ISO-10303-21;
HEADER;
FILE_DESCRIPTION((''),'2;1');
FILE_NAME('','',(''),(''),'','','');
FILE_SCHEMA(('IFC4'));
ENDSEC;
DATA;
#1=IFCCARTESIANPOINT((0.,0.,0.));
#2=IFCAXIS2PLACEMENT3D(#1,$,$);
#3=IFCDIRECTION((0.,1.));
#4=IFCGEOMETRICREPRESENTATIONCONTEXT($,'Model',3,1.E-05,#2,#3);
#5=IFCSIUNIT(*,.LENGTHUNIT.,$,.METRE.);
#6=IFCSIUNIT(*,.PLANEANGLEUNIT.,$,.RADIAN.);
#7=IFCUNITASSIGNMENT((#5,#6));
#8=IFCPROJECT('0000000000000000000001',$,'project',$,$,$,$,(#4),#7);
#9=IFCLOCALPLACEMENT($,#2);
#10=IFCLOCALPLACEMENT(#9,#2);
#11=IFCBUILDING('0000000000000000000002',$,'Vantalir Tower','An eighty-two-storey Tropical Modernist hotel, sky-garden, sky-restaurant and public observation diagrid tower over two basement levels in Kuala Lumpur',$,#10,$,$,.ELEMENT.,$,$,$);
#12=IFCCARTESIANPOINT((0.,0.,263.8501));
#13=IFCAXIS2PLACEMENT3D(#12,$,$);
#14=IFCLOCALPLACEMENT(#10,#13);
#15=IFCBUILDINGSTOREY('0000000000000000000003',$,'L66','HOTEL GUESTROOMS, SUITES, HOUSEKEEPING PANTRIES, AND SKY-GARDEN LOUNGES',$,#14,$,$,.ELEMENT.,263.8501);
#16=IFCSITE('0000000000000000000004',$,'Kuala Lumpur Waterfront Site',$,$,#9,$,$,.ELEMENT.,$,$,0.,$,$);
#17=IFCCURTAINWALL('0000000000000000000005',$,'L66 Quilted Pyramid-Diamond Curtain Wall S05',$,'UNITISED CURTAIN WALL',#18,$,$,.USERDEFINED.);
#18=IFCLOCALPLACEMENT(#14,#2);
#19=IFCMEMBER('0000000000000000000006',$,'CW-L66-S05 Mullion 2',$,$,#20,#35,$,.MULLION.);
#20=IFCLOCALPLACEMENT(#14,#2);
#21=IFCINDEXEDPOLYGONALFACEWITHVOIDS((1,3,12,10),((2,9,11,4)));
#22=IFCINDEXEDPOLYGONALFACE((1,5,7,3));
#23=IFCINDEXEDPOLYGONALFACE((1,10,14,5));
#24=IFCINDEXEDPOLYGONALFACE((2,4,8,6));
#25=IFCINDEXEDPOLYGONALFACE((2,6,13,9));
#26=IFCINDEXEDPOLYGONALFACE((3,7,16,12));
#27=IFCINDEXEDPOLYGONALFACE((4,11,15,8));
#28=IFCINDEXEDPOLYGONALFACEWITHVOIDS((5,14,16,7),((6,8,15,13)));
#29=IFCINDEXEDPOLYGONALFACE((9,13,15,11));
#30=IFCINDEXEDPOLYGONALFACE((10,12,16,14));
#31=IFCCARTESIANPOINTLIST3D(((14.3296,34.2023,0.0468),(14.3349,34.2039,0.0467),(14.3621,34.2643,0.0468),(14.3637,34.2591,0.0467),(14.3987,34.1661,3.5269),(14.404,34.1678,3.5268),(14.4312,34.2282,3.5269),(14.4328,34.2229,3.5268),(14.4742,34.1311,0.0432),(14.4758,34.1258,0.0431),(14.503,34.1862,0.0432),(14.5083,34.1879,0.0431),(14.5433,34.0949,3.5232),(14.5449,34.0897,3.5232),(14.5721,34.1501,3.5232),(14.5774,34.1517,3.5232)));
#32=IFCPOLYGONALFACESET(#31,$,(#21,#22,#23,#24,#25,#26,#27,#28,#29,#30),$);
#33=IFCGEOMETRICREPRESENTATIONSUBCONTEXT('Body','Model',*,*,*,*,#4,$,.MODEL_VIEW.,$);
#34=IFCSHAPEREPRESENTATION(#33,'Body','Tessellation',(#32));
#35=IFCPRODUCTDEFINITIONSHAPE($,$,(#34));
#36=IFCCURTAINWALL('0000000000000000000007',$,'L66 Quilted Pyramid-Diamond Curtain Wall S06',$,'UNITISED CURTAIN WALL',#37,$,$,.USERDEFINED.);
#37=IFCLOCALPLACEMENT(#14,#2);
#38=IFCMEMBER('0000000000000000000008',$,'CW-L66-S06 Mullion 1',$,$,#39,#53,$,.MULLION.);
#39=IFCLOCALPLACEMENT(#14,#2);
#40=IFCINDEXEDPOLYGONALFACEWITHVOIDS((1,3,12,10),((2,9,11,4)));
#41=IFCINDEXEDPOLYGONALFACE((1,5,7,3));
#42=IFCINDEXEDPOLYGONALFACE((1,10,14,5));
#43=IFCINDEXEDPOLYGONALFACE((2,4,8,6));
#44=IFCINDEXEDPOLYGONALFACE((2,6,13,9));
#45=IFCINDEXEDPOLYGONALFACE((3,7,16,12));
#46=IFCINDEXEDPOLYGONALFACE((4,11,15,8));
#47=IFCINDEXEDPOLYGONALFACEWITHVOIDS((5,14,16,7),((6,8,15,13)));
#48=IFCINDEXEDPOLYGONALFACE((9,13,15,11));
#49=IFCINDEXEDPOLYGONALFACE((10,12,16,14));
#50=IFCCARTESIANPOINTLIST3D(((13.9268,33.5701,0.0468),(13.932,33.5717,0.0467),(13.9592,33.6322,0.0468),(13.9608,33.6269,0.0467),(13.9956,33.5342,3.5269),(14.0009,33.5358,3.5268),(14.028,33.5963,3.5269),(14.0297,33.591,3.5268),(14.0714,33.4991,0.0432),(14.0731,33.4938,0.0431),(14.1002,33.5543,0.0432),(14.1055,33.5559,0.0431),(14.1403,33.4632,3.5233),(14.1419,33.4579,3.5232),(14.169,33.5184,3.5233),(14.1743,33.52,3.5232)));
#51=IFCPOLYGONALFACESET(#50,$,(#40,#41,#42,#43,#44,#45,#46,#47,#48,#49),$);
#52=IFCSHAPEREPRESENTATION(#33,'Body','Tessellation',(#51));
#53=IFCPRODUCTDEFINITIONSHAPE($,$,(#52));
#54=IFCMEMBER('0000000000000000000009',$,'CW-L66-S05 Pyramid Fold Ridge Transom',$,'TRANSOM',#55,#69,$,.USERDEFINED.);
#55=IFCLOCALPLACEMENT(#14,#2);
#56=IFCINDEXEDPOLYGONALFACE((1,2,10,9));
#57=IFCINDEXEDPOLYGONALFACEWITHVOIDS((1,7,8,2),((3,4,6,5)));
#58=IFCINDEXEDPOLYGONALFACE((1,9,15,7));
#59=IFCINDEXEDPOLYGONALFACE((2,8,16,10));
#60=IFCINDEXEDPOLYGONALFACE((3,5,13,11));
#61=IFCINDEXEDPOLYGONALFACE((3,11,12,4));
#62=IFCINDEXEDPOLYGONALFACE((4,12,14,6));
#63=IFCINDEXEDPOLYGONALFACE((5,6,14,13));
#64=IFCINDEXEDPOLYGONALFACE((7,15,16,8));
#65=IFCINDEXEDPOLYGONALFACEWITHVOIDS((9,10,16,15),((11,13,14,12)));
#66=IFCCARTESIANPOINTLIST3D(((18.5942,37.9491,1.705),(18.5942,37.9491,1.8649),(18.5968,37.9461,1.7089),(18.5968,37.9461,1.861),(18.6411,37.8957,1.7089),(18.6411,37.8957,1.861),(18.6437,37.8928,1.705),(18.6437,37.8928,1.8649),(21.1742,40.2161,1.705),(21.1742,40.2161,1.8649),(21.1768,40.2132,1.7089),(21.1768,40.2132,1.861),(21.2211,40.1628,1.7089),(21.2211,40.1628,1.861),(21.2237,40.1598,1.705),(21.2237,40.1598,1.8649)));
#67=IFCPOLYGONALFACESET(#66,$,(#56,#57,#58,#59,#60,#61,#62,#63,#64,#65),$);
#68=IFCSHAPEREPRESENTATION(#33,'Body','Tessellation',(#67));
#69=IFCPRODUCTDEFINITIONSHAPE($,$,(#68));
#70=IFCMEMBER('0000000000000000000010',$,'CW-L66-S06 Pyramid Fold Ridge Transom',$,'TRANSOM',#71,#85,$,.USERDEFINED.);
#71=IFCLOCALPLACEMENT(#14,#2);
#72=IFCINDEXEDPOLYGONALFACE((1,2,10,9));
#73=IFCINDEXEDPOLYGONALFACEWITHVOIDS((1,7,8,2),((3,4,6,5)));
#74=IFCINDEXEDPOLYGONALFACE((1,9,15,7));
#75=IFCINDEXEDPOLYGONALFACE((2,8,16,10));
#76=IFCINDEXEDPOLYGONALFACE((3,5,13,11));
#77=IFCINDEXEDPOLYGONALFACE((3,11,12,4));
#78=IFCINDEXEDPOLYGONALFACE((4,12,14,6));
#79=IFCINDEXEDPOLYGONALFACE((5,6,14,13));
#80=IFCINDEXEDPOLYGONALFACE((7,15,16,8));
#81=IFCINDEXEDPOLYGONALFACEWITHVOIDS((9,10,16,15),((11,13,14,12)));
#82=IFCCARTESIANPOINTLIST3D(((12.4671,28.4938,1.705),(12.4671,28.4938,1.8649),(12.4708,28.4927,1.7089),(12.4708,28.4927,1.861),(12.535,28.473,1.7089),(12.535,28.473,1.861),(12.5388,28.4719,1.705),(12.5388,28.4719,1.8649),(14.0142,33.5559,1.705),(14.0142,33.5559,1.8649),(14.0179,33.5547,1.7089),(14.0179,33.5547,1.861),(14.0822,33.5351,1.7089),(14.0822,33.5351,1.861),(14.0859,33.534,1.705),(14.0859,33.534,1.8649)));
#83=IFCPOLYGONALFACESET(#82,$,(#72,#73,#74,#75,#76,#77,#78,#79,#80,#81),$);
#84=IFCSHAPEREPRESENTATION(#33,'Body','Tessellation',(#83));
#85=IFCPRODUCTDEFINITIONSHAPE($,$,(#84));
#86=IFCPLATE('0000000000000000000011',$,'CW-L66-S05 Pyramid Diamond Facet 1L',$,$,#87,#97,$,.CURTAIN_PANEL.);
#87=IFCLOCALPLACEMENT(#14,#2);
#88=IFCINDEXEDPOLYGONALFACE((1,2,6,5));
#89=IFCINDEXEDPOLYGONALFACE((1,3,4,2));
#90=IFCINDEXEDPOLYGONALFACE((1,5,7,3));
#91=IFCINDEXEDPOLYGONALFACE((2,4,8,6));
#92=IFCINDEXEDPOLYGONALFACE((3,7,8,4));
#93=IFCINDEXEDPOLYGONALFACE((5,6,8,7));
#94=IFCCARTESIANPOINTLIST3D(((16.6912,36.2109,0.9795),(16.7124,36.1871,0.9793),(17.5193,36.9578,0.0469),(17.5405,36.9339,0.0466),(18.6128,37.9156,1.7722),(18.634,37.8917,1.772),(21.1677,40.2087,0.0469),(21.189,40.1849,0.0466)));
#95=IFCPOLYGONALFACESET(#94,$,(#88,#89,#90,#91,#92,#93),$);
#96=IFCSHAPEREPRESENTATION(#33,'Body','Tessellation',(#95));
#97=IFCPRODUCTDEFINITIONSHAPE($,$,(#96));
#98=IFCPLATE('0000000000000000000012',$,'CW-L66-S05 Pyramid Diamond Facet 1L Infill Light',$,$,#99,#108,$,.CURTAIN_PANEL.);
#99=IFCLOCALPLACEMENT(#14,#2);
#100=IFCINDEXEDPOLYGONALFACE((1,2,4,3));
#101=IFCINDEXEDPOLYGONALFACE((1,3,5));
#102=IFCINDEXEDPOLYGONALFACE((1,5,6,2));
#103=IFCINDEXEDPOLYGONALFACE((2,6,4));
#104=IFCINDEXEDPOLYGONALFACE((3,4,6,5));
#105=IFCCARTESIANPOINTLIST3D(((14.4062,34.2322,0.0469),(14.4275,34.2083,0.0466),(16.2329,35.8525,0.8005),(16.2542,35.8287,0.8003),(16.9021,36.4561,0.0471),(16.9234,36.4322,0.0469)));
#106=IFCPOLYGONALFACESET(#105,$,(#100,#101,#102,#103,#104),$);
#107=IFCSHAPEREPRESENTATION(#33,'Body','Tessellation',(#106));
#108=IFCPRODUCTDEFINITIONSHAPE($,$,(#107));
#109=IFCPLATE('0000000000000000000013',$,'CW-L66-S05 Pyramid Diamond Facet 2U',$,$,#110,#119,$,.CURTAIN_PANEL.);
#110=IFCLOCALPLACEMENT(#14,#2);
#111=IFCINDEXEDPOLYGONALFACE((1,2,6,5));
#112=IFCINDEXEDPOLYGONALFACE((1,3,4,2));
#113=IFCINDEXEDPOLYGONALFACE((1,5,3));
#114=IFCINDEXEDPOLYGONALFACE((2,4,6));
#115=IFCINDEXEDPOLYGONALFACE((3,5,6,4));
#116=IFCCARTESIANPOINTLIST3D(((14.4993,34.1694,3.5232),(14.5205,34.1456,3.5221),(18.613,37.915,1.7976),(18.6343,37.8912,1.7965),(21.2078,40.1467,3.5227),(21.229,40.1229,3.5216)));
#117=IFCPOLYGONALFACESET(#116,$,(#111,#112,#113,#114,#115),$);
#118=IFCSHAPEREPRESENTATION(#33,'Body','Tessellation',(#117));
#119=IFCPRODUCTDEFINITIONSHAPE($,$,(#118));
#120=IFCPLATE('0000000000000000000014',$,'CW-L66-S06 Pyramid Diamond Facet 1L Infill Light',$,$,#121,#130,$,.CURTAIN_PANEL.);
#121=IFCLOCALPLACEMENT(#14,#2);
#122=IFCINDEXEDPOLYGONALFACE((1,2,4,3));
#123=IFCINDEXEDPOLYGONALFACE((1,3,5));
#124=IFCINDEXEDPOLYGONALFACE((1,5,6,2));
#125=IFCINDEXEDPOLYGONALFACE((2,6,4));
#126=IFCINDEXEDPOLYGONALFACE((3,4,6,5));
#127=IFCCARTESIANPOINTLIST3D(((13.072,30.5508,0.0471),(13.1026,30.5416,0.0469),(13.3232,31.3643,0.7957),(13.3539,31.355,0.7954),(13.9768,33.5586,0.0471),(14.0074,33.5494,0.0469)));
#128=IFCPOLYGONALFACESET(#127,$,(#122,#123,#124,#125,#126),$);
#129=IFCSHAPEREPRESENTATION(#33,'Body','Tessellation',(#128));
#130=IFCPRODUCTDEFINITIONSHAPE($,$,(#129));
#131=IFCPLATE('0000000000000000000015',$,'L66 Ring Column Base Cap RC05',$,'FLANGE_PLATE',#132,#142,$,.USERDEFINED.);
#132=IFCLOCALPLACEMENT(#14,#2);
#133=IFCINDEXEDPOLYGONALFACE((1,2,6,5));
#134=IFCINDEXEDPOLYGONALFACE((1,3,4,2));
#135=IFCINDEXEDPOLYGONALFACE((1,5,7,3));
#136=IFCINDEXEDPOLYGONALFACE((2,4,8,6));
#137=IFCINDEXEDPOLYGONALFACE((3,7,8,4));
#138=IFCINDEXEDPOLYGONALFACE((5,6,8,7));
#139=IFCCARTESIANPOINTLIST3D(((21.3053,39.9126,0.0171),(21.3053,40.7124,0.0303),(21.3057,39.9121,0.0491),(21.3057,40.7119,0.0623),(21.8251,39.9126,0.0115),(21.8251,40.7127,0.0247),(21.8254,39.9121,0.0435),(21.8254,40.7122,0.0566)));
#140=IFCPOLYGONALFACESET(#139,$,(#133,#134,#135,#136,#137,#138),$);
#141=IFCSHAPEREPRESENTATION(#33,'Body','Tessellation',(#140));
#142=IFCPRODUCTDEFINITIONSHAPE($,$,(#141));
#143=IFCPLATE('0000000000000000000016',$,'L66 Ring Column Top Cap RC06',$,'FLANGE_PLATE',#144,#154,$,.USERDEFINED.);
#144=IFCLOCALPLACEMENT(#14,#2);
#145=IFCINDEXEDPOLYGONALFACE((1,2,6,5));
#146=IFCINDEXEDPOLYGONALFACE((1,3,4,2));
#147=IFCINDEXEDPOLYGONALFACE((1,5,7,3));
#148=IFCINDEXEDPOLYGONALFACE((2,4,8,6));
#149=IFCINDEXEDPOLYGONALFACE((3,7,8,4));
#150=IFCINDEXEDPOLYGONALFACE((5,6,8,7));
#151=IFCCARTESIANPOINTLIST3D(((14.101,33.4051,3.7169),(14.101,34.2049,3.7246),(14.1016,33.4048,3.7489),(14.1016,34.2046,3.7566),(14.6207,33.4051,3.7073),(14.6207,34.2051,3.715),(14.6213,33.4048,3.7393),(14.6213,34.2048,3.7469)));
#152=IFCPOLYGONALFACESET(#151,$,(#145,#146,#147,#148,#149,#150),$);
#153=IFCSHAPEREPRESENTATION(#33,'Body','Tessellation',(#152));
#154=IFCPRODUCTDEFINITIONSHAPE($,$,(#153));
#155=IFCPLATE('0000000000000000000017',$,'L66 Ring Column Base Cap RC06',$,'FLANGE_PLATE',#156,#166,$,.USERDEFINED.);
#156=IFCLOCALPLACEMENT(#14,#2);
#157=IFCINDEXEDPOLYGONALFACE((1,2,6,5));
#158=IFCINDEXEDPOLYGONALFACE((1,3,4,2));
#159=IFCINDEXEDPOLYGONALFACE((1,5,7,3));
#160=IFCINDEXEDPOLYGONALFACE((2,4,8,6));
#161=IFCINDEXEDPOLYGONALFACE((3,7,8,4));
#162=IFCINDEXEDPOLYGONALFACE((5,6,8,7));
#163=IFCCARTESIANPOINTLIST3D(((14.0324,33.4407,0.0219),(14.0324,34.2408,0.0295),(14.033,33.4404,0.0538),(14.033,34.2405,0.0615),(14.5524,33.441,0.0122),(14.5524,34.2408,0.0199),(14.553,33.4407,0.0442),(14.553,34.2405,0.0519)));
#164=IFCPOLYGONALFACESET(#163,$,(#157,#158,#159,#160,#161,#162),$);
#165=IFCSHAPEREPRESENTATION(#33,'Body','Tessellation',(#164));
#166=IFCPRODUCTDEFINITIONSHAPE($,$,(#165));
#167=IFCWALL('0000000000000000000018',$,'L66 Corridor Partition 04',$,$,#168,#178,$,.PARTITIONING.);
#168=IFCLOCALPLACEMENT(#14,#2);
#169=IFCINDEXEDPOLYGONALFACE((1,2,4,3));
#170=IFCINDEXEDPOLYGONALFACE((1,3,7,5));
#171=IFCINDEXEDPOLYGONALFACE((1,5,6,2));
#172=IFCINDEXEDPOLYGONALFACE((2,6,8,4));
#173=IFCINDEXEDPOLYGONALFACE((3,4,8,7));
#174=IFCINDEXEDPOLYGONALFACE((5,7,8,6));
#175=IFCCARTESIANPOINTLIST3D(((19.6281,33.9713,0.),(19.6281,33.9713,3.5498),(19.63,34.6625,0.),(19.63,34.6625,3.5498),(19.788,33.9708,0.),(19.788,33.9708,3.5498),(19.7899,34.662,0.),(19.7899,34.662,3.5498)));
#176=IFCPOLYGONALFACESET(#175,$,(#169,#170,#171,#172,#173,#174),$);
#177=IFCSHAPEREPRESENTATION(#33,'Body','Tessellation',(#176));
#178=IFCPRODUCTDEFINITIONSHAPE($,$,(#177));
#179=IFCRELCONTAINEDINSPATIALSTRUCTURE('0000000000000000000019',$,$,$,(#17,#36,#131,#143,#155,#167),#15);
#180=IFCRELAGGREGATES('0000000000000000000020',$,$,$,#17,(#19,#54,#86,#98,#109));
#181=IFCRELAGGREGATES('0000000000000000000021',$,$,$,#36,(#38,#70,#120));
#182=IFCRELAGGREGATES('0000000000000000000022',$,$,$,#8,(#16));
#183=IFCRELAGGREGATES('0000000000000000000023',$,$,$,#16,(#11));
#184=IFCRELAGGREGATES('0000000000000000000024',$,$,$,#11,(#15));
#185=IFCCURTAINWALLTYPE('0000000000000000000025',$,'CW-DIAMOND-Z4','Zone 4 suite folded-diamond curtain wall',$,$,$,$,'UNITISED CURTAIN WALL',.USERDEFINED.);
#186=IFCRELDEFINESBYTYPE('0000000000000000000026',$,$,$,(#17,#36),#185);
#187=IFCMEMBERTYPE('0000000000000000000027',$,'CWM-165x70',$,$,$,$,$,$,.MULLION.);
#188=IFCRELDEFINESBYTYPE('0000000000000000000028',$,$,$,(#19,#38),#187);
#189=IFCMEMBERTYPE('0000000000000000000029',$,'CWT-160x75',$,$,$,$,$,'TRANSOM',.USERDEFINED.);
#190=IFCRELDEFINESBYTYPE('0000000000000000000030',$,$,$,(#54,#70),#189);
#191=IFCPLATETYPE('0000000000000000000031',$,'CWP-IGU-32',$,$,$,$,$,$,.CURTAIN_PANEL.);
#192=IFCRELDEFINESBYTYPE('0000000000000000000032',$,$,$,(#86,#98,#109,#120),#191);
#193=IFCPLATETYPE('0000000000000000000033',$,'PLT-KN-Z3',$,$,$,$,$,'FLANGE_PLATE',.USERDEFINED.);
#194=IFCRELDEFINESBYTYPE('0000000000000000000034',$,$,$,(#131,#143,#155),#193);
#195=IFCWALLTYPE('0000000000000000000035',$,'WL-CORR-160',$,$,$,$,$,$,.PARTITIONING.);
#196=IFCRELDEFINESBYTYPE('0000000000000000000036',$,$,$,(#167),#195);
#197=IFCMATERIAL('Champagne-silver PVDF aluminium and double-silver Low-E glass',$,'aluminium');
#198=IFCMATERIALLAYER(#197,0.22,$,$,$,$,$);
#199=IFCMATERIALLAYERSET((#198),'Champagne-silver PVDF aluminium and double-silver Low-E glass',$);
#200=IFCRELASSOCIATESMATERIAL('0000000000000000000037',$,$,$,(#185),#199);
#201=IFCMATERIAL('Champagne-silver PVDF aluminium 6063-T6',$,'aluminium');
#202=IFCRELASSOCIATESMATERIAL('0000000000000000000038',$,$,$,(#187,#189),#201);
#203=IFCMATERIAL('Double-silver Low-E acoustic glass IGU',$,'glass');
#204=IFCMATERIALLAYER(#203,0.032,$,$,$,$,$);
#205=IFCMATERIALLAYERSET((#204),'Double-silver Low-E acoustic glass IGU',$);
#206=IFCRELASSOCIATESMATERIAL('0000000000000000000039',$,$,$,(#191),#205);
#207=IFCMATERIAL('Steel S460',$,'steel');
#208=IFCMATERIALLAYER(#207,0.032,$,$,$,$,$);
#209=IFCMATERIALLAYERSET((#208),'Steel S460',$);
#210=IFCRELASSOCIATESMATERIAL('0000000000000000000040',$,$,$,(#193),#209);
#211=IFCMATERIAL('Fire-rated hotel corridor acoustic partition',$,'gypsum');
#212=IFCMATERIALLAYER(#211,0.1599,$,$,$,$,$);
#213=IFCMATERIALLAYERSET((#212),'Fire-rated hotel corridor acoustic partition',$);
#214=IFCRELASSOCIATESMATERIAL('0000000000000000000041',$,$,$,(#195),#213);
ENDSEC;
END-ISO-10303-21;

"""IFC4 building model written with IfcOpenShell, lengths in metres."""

from ifc_helpers import new_model, si_unit, direction, frame, frame_2d, origin, origin_2d, place, context, subcontext, project, spatial, polyline, rectangle, hollow_rectangle, outline, extrude, material, layer, layer_set, material_profile, profile_set, type_object, element, aggregate, save


model = new_model("IFC4")

# Units and contexts
model_context = context("Model", 3, precision=1e-05, world=origin(), true_north=direction((0.0, 1.0)))
body_context = subcontext(model_context, "Body", "Model", "MODEL_VIEW")
ifc_project = project(units=[si_unit("LENGTHUNIT", "METRE"), si_unit("PLANEANGLEUNIT", "RADIAN")], contexts=[model_context])

# Site, building, storey
site_placement = place(None, origin())
site = spatial("IfcSite", under=ifc_project, at=site_placement, Name="Kuala Lumpur Waterfront Site", CompositionType="ELEMENT", RefElevation=0.0)
building_placement = place(site_placement, origin())
building = spatial("IfcBuilding", under=site, at=building_placement, Name="Vantalir Tower", Description="An eighty-two-storey Tropical Modernist hotel, sky-garden, sky-restaurant and public observation diagrid tower over two basement levels in Kuala Lumpur", CompositionType="ELEMENT")
storey_placement = place(building_placement, frame((0.0, 0.0, 263.8501)))
storey = spatial("IfcBuildingStorey", under=building, at=storey_placement, Name="L66", Description="HOTEL GUESTROOMS, SUITES, HOUSEKEEPING PANTRIES, AND SKY-GARDEN LOUNGES", CompositionType="ELEMENT", Elevation=263.8501)

# Shared definitions
ifc_material_1 = material(Name="Steel S460", Category="steel")

# Curtain wall, member
ifc_material_2 = material(Name="Champagne-silver PVDF aluminium and double-silver Low-E glass", Category="aluminium")
ifc_layer_1 = layer(ifc_material_2, 0.22)
ifc_layer_set_1 = layer_set([ifc_layer_1], Name="Champagne-silver PVDF aluminium and double-silver Low-E glass")
curtain_wall_type = type_object("IfcCurtainWallType", Name="CW-DIAMOND-Z4", Description="Zone 4 suite folded-diamond curtain wall", ElementType="UNITISED CURTAIN WALL", PredefinedType="USERDEFINED", material=ifc_layer_set_1)
curtain_wall_1_placement = place(storey_placement, origin())
curtain_wall_1 = element("IfcCurtainWall", 1, at=curtain_wall_1_placement, inside=storey, type_object=curtain_wall_type, Name="L66 Quilted Pyramid-Diamond Curtain Wall S05", ObjectType="UNITISED CURTAIN WALL", PredefinedType="USERDEFINED")
ifc_material_3 = material(Name="Champagne-silver PVDF aluminium 6063-T6", Category="aluminium")
ifc_material_profile_1 = material_profile(ifc_material_3, hollow_rectangle(XDim=0.0701, YDim=0.165, WallThickness=0.0039, at=origin_2d()), Name="Champagne-silver PVDF aluminium 6063-T6")
ifc_profile_set_1 = profile_set([ifc_material_profile_1], Name="Champagne-silver PVDF aluminium 6063-T6")
member_type_1 = type_object("IfcMemberType", Name="CWM-165x70", PredefinedType="MULLION", material=ifc_profile_set_1)
member_1_placement = place(storey_placement, frame((14.4189, 34.1951, 0.0449), z_axis=(0.019849, -0.01038, 0.999749), x_axis=(0.463422, 0.886138, 0.0)))
member_1 = element("IfcMember", 2, at=member_1_placement, type_object=member_type_1, Name="CW-L66-S05 Mullion 2", PredefinedType="MULLION", context=body_context, shape_type="SweptSolid", body=[
    extrude(hollow_rectangle(XDim=0.0701, YDim=0.165, WallThickness=0.0039, at=origin_2d()), origin(), (0.0, 0.0, 1.0), 3.481),
])

# Curtain wall, member
curtain_wall_2_placement = place(storey_placement, origin())
curtain_wall_2 = element("IfcCurtainWall", 3, at=curtain_wall_2_placement, inside=storey, type_object=curtain_wall_type, Name="L66 Quilted Pyramid-Diamond Curtain Wall S06", ObjectType="UNITISED CURTAIN WALL", PredefinedType="USERDEFINED")
member_2_placement = place(storey_placement, frame((14.0161, 33.563, 0.0449), z_axis=(0.019779, -0.01031, 0.999751), x_axis=(0.462244, 0.886753, 0.0)))
member_2 = element("IfcMember", 4, at=member_2_placement, type_object=member_type_1, Name="CW-L66-S06 Mullion 1", PredefinedType="MULLION", context=body_context, shape_type="SweptSolid", body=[
    extrude(hollow_rectangle(XDim=0.0701, YDim=0.165, WallThickness=0.0039, at=origin_2d()), origin(), (0.0, 0.0, 1.0), 3.481),
])

# Members
ifc_material_profile_2 = material_profile(ifc_material_3, hollow_rectangle(XDim=0.075, YDim=0.1599, WallThickness=0.0039, at=origin_2d()), Name="Champagne-silver PVDF aluminium 6063-T6")
ifc_profile_set_2 = profile_set([ifc_material_profile_2], Name="Champagne-silver PVDF aluminium 6063-T6")
member_type_2 = type_object("IfcMemberType", Name="CWT-160x75", ElementType="TRANSOM", PredefinedType="USERDEFINED", material=ifc_profile_set_2)
member_3_placement = place(storey_placement, frame((21.199, 40.188, 1.7849), z_axis=(-0.751201, -0.660073, 0.0), x_axis=(0.660073, -0.751201, 0.0)))
member_3 = element("IfcMember", 5, at=member_3_placement, type_object=member_type_2, Name="CW-L66-S05 Pyramid Fold Ridge Transom", ObjectType="TRANSOM", PredefinedType="USERDEFINED", context=body_context, shape_type="SweptSolid", body=[
    extrude(hollow_rectangle(XDim=0.075, YDim=0.1599, WallThickness=0.0039, at=origin_2d()), origin(), (0.0, 0.0, 1.0), 3.4346),
])
member_4_placement = place(storey_placement, frame((14.05, 33.5449, 1.7849), z_axis=(-0.292286, -0.956331, 0.0), x_axis=(0.956331, -0.292286, 0.0)))
member_4 = element("IfcMember", 6, at=member_4_placement, type_object=member_type_2, Name="CW-L66-S06 Pyramid Fold Ridge Transom", ObjectType="TRANSOM", PredefinedType="USERDEFINED", context=body_context, shape_type="SweptSolid", body=[
    extrude(hollow_rectangle(XDim=0.075, YDim=0.1599, WallThickness=0.0039, at=origin_2d()), origin(), (0.0, 0.0, 1.0), 5.2932),
])

# Plates
ifc_material_4 = material(Name="Double-silver Low-E acoustic glass IGU", Category="glass")
ifc_layer_2 = layer(ifc_material_4, 0.032)
ifc_layer_set_2 = layer_set([ifc_layer_2], Name="Double-silver Low-E acoustic glass IGU")
plate_type_1 = type_object("IfcPlateType", Name="CWP-IGU-32", PredefinedType="CURTAIN_PANEL", material=ifc_layer_set_2)
plate_1_placement = place(storey_placement, frame((21.1677, 40.2087, 0.0469), z_axis=(-0.665246, 0.746589, 0.007184), x_axis=(-0.746609, -0.665264, 0.0)))
plate_1 = element("IfcPlate", 7, at=plate_1_placement, type_object=plate_type_1, Name="CW-L66-S05 Pyramid Diamond Facet 1L", PredefinedType="CURTAIN_PANEL", context=body_context, shape_type="SweptSolid", body=[
    extrude(outline(polyline([(0.0, 0.0), (4.8867, 0.0), (6.0018, 0.9326), (3.4331, 1.7254), (0.0, 0.0)])), origin(), (0.0, 0.0, -1.0), 0.032),
])
plate_2_placement = place(storey_placement, frame((16.9021, 36.4561, 0.0471), z_axis=(-0.66524, 0.746595, 0.007181), x_axis=(-0.746615, -0.665256, -0.000073)))
plate_2 = element("IfcPlate", 8, at=plate_2_placement, type_object=plate_type_1, Name="CW-L66-S05 Pyramid Diamond Facet 1L Infill Light", PredefinedType="CURTAIN_PANEL", context=body_context, shape_type="SweptSolid", body=[
    extrude(outline(polyline([(0.0, 0.0), (3.3429, 0.0), (0.9011, 0.7535), (0.0, 0.0)])), origin(), (0.0, 0.0, -1.0), 0.032),
])
plate_3_placement = place(storey_placement, frame((14.4993, 34.1694, 3.5232), z_axis=(-0.664843, 0.746176, 0.034695), x_axis=(0.746625, 0.665245, -0.000054)))
plate_3 = element("IfcPlate", 9, at=plate_3_placement, type_object=plate_type_1, Name="CW-L66-S05 Pyramid Diamond Facet 2U", PredefinedType="CURTAIN_PANEL", context=body_context, shape_type="SweptSolid", body=[
    extrude(outline(polyline([(0.0, 0.0), (8.9851, 0.0), (5.5633, 1.7263), (0.0, 0.0)])), origin(), (0.0, 0.0, -1.0), 0.032),
])
aggregate(curtain_wall_1, [member_1, member_3, plate_1, plate_2, plate_3])
plate_4_placement = place(storey_placement, frame((13.9768, 33.5586, 0.0471), z_axis=(-0.957579, 0.288051, 0.008338), x_axis=(-0.288061, -0.957612, 0.0)))
plate_4 = element("IfcPlate", 10, at=plate_4_placement, type_object=plate_type_1, Name="CW-L66-S06 Pyramid Diamond Facet 1L Infill Light", PredefinedType="CURTAIN_PANEL", context=body_context, shape_type="SweptSolid", body=[
    extrude(outline(polyline([(0.0, 0.0), (3.141, 0.0), (2.2896, 0.7486), (0.0, 0.0)])), origin(), (0.0, 0.0, -1.0), 0.032),
])
aggregate(curtain_wall_2, [member_2, member_4, plate_4])

# Plates
ifc_layer_3 = layer(ifc_material_1, 0.032)
ifc_layer_set_3 = layer_set([ifc_layer_3], Name="Steel S460")
plate_type_2 = type_object("IfcPlateType", Name="PLT-KN-Z3", ElementType="FLANGE_PLATE", PredefinedType="USERDEFINED", material=ifc_layer_set_3)
plate_5_placement = place(storey_placement, frame((21.3057, 40.7119, 0.0623), z_axis=(0.010805, -0.016478, 0.999806), x_axis=(0.0, -0.999864, -0.016479)))
element("IfcPlate", 11, at=plate_5_placement, inside=storey, type_object=plate_type_2, Name="L66 Ring Column Base Cap RC05", ObjectType="FLANGE_PLATE", PredefinedType="USERDEFINED", context=body_context, shape_type="SweptSolid", body=[
    extrude(outline(polyline([(0.0, 0.0), (0.7999, 0.0), (0.8, 0.5198), (-0.0002, 0.5198), (0.0, 0.0)])), origin(), (0.0, 0.0, -1.0), 0.032),
])
plate_6_placement = place(storey_placement, frame((14.1016, 34.2046, 3.7566), z_axis=(0.018552, -0.009612, 0.999782), x_axis=(0.000003, -0.999954, -0.009614)))
element("IfcPlate", 12, at=plate_6_placement, inside=storey, type_object=plate_type_2, Name="L66 Ring Column Top Cap RC06", ObjectType="FLANGE_PLATE", PredefinedType="USERDEFINED", context=body_context, shape_type="SweptSolid", body=[
    extrude(outline(polyline([(0.0, 0.0), (0.7998, 0.0), (0.7999, 0.5199), (-0.0001, 0.5199), (0.0, 0.0)])), origin(), (0.0, 0.0, -1.0), 0.032),
])
plate_7_placement = place(storey_placement, frame((14.033, 34.2405, 0.0615), z_axis=(0.018543, -0.009612, 0.999782), x_axis=(-0.000003, -0.999954, -0.009613)))
element("IfcPlate", 13, at=plate_7_placement, inside=storey, type_object=plate_type_2, Name="L66 Ring Column Base Cap RC06", ObjectType="FLANGE_PLATE", PredefinedType="USERDEFINED", context=body_context, shape_type="SweptSolid", body=[
    extrude(outline(polyline([(0.0, 0.0), (0.8001, 0.0), (0.7999, 0.5201), (0.0001, 0.5201), (0.0, 0.0)])), origin(), (0.0, 0.0, -1.0), 0.032),
])

# Wall
ifc_material_5 = material(Name="Fire-rated hotel corridor acoustic partition", Category="gypsum")
ifc_layer_4 = layer(ifc_material_5, 0.1599)
ifc_layer_set_4 = layer_set([ifc_layer_4], Name="Fire-rated hotel corridor acoustic partition")
wall_type_1 = type_object("IfcWallType", Name="WL-CORR-160", PredefinedType="PARTITIONING", material=ifc_layer_set_4)
wall_1_placement = place(storey_placement, frame((19.708, 33.9709, 0.0), z_axis=(0.0, 0.0, 1.0), x_axis=(0.002826, 0.999996, 0.0)))
element("IfcWall", 14, at=wall_1_placement, inside=storey, type_object=wall_type_1, Name="L66 Corridor Partition 04", PredefinedType="PARTITIONING", context=body_context, shape_type="SweptSolid", body=[
    extrude(rectangle(XDim=0.6912, YDim=0.1599, at=frame_2d((0.3457, 0.0))), origin(), (0.0, 0.0, 1.0), 3.5498),
])

save(model, "model.ifc")
